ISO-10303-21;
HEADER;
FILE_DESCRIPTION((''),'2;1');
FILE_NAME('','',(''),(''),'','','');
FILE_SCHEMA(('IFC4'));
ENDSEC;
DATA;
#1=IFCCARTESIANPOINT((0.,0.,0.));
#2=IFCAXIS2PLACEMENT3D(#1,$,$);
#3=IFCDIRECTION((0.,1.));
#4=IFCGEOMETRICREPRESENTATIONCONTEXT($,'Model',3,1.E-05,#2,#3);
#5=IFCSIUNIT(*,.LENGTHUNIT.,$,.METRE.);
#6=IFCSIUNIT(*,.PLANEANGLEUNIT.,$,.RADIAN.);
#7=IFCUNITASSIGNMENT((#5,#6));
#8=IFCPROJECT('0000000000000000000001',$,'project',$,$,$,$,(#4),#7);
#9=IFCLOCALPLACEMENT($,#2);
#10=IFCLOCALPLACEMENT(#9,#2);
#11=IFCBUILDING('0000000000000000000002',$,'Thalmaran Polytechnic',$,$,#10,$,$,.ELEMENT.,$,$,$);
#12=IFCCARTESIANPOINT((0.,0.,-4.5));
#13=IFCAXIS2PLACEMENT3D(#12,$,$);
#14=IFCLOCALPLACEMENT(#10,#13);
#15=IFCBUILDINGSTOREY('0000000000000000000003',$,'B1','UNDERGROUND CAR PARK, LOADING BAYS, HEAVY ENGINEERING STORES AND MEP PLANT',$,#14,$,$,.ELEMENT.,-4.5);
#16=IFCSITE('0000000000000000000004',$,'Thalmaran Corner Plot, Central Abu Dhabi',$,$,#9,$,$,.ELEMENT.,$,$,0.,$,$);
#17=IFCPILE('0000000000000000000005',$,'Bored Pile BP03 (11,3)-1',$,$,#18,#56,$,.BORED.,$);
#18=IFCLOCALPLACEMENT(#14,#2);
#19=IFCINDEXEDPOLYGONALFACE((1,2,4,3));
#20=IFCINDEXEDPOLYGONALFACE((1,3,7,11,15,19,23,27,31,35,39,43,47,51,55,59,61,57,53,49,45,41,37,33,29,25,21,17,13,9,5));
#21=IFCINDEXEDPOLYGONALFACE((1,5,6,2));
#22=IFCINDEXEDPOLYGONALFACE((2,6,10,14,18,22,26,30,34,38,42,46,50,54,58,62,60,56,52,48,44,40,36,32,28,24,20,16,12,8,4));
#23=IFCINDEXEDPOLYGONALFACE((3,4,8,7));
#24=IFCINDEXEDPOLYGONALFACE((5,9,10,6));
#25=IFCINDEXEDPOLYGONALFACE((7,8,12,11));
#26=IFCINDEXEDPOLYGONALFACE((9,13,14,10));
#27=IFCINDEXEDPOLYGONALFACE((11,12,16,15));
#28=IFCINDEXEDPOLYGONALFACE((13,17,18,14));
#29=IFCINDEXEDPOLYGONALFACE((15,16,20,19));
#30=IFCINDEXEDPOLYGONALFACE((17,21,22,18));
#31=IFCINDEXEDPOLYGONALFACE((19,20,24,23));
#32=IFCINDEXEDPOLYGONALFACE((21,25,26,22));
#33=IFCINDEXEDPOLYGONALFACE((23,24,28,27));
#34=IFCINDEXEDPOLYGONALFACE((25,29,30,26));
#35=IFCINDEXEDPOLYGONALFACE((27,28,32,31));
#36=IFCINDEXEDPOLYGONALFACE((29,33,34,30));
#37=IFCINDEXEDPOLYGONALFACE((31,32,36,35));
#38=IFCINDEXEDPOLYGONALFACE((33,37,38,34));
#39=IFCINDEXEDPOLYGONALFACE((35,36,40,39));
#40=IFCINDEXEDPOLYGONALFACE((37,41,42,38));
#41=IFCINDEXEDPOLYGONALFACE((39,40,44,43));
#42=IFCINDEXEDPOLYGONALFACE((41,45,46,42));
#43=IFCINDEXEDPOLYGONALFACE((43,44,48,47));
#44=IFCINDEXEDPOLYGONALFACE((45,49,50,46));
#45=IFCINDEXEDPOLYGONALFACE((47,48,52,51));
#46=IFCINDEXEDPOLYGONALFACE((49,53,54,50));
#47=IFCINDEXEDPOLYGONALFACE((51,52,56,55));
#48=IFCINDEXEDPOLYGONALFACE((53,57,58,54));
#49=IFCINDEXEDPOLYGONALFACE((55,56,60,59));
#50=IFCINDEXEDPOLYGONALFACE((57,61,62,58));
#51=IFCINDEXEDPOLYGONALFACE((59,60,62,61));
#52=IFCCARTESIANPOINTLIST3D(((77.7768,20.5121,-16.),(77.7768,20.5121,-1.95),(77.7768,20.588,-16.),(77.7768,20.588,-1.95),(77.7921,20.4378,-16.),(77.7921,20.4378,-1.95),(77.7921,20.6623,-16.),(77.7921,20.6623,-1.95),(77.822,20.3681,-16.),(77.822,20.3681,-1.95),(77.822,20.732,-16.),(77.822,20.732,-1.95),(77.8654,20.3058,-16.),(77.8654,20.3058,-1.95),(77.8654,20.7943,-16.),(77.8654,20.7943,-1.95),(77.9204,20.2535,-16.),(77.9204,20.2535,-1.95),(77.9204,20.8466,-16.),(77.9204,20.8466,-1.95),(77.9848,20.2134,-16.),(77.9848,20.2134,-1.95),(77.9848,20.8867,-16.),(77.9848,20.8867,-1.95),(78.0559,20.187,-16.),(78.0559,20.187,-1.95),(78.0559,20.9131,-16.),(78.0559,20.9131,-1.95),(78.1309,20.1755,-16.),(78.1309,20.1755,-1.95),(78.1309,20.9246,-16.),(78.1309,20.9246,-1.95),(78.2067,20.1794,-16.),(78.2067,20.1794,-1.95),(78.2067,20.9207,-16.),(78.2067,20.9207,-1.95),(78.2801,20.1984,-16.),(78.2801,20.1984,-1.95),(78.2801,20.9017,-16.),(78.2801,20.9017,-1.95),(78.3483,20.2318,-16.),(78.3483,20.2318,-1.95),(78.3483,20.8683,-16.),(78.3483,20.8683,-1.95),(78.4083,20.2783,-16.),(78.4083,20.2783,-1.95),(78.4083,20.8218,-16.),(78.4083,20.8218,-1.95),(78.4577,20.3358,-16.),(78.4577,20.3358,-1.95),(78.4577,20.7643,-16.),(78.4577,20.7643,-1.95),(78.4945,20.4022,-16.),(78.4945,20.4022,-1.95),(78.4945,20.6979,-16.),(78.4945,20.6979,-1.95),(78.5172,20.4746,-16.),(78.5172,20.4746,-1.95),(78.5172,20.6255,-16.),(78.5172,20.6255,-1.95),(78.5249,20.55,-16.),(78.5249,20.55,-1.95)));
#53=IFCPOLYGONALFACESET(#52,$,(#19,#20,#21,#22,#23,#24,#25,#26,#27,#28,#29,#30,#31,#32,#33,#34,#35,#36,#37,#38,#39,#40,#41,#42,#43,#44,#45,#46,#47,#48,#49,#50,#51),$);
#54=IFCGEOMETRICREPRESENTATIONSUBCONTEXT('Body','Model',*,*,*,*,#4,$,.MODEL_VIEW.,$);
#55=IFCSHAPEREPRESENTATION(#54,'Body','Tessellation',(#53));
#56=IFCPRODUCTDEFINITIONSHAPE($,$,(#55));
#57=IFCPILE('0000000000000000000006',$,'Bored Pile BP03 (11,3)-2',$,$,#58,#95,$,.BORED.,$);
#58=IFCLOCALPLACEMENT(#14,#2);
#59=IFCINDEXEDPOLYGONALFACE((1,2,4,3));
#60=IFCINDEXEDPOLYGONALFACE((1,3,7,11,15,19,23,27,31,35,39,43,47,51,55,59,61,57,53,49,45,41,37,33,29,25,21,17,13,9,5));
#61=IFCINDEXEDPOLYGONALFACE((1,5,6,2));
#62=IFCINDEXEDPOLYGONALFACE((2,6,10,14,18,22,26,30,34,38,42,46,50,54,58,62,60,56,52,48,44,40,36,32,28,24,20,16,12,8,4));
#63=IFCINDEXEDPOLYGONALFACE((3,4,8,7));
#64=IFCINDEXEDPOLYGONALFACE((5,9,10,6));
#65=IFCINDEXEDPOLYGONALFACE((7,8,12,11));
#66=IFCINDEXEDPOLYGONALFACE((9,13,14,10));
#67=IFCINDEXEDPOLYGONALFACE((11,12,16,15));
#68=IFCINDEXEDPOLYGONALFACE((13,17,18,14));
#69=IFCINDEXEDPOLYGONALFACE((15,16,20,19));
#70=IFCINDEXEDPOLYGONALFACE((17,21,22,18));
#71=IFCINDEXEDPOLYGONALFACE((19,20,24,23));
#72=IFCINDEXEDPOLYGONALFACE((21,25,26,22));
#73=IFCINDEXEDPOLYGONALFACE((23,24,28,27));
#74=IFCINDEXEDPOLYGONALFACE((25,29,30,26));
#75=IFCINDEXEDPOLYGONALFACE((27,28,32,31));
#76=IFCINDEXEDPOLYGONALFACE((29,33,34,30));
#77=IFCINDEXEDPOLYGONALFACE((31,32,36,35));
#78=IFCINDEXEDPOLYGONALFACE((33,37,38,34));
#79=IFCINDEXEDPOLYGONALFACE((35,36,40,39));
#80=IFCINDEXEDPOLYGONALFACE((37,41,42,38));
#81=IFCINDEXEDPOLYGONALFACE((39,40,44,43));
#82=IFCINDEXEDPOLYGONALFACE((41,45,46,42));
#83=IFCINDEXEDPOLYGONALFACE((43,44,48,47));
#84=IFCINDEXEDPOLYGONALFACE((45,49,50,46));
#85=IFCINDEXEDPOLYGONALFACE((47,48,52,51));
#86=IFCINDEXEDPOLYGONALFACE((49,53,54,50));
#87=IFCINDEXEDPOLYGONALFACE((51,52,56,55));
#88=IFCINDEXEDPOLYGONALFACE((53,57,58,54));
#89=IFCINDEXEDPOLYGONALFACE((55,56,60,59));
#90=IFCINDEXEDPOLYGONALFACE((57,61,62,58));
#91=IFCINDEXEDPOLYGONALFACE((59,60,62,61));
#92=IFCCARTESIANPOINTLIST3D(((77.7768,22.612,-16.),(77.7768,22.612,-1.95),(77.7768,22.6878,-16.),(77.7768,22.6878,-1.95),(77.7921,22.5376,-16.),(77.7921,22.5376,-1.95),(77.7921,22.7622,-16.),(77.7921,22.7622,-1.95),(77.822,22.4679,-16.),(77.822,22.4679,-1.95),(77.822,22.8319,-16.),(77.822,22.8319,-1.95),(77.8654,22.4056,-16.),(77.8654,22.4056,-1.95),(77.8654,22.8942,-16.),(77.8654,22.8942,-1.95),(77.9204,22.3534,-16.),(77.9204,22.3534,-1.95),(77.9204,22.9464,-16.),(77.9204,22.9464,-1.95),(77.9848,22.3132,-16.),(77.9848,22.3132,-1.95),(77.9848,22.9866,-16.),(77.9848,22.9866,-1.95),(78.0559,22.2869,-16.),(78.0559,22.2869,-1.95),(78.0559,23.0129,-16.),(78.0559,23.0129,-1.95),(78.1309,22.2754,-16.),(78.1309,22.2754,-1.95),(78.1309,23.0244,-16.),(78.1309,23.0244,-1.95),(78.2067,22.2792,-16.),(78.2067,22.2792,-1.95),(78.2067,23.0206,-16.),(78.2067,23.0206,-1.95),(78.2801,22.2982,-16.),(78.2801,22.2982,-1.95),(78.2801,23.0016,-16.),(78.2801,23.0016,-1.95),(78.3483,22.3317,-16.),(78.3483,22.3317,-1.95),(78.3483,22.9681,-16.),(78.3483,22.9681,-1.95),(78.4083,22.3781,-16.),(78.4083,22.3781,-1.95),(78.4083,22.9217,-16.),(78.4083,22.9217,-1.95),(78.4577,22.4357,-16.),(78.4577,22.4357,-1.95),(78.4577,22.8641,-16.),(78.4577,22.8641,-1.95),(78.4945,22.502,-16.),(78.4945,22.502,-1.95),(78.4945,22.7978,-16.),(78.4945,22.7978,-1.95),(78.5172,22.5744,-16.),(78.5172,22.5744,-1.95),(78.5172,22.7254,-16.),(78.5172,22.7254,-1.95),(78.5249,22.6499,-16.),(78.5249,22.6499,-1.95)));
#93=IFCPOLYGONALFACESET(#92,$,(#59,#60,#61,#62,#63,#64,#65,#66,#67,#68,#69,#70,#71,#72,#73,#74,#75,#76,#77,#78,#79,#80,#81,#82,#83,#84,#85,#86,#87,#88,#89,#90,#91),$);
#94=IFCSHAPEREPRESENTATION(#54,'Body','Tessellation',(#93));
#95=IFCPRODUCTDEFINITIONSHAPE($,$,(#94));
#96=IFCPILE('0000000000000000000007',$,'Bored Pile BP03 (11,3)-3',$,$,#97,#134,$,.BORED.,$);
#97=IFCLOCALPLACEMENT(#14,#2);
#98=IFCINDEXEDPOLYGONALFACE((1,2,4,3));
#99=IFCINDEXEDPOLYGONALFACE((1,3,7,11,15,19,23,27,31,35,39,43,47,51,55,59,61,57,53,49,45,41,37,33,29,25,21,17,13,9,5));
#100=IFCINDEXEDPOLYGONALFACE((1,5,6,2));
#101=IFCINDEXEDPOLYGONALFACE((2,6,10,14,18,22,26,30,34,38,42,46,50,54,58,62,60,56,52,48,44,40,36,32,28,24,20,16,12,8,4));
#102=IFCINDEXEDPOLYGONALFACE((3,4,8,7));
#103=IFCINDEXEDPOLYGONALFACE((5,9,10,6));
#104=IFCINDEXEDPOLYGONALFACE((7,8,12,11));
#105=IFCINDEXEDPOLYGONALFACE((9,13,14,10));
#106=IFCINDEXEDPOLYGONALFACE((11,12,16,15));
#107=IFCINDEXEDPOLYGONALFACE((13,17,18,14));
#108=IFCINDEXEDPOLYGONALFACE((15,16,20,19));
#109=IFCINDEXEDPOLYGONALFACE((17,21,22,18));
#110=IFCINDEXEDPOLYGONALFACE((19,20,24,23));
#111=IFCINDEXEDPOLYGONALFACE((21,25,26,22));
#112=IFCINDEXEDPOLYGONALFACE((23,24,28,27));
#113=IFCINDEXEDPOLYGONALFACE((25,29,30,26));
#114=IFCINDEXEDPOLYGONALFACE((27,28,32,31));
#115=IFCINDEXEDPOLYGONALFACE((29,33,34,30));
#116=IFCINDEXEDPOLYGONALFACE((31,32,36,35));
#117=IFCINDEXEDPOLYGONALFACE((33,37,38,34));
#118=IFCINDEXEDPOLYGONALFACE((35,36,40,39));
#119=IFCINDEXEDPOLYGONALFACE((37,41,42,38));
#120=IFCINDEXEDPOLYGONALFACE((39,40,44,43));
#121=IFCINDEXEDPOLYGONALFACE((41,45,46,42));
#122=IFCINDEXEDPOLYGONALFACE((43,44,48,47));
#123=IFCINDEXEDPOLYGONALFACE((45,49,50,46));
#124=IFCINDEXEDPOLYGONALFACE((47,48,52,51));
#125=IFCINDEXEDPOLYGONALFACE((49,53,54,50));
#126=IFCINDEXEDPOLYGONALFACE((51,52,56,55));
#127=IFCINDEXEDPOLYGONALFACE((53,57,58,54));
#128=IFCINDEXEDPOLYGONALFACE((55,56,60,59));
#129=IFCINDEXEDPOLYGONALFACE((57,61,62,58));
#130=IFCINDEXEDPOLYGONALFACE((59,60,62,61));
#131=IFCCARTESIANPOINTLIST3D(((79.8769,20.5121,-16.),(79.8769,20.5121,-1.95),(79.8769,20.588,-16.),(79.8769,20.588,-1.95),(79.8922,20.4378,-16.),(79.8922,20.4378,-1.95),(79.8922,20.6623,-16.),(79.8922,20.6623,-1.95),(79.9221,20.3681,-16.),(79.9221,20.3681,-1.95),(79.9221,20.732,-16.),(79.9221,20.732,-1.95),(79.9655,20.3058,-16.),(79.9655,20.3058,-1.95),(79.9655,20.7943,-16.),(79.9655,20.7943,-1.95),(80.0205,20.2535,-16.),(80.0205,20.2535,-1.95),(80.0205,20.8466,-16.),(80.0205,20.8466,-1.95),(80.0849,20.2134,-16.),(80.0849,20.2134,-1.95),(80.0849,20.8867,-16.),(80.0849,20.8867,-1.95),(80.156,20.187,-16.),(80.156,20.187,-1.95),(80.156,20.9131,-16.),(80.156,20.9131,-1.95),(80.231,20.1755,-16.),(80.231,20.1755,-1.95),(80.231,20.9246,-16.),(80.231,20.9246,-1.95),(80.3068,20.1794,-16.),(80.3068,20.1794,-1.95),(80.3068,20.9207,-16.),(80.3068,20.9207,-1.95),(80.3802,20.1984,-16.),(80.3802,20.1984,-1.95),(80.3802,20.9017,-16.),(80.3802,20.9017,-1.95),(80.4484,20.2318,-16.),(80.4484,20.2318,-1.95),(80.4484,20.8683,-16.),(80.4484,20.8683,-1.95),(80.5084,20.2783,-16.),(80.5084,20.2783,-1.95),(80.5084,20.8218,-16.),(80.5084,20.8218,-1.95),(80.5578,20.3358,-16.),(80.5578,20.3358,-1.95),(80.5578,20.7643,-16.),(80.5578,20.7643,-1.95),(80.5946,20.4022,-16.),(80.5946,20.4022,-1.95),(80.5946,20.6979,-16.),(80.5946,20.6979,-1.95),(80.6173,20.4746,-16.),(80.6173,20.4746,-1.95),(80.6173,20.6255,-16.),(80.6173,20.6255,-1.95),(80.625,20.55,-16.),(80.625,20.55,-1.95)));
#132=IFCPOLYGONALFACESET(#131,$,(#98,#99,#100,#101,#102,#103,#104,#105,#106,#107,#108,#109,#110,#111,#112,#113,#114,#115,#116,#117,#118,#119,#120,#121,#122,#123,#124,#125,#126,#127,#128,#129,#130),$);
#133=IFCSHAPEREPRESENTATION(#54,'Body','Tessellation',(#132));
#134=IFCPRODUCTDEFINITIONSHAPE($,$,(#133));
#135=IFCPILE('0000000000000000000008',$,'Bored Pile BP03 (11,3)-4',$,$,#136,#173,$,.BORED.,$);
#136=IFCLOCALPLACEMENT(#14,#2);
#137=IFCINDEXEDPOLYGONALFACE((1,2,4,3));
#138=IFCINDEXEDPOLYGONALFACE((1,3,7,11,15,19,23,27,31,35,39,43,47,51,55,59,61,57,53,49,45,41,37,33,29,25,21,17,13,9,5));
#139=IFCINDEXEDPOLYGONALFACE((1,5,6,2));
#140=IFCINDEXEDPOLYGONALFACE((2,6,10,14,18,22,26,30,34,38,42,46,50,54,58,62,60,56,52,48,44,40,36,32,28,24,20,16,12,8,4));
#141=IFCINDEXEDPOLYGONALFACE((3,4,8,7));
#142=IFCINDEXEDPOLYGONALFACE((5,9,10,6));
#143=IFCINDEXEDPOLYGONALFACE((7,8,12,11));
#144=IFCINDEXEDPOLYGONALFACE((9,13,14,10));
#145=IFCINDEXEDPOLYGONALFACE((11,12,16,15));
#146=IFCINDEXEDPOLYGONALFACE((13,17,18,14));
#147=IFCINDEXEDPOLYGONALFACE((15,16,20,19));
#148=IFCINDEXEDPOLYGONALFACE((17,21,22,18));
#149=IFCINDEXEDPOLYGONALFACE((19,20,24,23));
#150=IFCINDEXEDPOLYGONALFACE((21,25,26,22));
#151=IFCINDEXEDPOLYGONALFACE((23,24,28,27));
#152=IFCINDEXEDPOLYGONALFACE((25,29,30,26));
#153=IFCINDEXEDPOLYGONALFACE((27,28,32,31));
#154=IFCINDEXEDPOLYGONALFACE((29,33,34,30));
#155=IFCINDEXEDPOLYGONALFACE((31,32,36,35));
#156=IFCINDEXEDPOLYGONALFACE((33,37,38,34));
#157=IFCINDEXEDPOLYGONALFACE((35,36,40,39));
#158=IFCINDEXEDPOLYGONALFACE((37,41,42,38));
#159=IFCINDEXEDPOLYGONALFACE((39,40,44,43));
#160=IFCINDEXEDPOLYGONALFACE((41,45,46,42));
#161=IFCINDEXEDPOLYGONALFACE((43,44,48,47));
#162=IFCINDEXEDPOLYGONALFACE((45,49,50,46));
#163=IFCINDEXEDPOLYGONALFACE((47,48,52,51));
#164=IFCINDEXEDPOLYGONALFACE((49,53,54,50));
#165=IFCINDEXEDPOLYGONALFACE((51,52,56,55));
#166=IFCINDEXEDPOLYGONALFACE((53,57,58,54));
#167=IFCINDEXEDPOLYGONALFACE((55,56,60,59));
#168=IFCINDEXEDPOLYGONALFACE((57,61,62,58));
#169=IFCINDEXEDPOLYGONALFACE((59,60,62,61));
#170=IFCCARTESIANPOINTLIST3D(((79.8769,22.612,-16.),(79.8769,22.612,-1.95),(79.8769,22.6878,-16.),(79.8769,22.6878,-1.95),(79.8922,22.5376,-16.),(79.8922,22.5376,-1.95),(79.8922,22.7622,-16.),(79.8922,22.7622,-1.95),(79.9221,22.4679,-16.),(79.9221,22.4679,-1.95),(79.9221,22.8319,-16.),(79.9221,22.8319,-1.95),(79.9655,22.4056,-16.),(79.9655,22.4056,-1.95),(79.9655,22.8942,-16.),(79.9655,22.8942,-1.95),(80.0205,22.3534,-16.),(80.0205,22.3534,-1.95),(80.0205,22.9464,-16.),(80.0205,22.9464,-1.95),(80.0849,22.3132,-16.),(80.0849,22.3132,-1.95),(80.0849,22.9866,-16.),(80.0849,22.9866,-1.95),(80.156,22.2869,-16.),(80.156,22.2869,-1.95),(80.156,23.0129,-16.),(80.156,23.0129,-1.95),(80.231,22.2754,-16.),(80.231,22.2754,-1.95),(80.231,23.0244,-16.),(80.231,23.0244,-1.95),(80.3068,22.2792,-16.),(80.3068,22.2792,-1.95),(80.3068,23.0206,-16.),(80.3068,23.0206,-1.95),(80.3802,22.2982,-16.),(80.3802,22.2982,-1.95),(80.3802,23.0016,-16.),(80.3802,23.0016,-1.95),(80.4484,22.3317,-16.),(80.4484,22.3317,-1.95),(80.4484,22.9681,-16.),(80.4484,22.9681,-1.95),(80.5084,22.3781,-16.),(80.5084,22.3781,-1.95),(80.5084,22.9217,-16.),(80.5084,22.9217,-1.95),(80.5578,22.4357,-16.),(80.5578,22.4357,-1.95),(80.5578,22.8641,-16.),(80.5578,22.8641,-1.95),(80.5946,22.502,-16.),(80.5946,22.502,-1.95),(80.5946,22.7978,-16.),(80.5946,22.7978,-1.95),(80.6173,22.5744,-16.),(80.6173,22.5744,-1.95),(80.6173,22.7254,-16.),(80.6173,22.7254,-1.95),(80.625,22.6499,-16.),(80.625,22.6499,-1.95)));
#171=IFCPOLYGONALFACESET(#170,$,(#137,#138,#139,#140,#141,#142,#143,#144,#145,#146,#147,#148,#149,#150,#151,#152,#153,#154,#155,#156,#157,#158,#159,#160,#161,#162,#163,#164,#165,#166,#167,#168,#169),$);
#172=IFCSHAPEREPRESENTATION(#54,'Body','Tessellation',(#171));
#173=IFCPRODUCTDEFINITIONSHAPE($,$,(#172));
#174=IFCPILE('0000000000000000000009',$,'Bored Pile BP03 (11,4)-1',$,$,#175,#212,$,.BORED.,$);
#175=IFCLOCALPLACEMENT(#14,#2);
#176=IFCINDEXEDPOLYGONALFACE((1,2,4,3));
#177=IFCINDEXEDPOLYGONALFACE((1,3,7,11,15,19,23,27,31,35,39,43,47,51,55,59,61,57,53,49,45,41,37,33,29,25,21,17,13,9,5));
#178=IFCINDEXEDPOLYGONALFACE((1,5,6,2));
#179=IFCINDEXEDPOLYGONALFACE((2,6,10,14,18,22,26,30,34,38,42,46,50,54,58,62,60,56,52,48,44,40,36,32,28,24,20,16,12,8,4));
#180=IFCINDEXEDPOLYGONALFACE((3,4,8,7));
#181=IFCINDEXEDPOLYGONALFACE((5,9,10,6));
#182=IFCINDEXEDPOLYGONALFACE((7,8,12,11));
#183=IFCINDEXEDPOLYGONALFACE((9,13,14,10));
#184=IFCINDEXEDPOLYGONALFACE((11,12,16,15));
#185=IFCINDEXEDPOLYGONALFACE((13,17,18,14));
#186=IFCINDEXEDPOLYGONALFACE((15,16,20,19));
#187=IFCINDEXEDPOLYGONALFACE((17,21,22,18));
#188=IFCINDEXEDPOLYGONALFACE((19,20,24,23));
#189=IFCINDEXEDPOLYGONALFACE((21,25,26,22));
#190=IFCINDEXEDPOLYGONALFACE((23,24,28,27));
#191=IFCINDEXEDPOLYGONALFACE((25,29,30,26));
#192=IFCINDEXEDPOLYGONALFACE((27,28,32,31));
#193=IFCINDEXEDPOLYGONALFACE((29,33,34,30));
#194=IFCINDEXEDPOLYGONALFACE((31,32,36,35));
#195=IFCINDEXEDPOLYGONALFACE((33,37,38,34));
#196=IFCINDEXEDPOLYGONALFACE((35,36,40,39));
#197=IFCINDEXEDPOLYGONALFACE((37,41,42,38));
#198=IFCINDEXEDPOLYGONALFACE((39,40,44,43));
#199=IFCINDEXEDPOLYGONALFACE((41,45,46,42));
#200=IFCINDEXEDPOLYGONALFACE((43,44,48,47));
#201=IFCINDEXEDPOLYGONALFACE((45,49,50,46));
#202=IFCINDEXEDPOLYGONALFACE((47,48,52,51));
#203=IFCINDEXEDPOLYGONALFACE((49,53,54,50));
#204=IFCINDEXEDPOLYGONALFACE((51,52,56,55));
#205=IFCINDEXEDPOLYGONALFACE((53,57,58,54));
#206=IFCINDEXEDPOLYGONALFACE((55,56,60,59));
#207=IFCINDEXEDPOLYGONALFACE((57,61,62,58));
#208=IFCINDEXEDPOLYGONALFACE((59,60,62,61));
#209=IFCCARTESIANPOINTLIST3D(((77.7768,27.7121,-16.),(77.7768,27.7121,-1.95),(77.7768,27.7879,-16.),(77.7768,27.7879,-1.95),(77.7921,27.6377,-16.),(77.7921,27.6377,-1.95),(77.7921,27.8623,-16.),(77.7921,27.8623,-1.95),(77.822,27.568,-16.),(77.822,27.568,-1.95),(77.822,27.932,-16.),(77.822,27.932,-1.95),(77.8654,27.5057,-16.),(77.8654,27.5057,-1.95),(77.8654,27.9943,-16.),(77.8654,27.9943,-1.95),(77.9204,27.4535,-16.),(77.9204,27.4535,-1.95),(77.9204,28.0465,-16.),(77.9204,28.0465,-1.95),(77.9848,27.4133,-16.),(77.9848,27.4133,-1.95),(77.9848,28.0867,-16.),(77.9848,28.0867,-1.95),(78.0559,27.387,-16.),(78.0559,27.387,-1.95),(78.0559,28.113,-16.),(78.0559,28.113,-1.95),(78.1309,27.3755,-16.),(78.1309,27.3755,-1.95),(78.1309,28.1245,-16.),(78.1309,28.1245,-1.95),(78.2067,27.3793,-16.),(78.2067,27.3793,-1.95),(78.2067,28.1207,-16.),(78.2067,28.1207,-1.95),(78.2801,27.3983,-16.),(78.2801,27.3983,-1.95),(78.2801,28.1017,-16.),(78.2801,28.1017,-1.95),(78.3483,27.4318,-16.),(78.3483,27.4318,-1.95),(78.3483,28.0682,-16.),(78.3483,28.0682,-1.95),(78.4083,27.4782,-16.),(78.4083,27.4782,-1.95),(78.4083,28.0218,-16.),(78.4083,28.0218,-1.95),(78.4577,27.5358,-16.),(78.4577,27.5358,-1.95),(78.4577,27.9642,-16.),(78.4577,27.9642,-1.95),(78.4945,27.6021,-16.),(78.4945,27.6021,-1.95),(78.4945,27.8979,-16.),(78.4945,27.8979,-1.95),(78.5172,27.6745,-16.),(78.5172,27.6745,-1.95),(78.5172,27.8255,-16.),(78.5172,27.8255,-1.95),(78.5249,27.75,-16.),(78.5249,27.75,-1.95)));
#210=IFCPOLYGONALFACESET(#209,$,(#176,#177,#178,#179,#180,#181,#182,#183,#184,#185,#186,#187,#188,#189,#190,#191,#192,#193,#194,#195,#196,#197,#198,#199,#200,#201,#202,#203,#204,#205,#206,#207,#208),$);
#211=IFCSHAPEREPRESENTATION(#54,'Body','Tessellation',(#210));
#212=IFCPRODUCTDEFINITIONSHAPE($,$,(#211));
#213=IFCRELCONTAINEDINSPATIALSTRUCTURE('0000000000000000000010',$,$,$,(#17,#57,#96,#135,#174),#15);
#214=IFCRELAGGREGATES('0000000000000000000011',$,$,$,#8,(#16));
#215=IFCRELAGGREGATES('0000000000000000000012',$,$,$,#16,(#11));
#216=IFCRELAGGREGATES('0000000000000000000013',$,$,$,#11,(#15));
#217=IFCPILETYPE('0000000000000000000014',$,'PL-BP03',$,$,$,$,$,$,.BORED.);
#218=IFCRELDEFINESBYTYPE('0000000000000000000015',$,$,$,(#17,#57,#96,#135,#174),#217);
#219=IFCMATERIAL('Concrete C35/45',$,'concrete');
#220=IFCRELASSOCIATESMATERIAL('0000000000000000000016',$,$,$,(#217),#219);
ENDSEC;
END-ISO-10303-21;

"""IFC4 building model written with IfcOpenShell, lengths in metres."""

from ifc_helpers import new_model, si_unit, direction, frame, origin, origin_2d, place, context, subcontext, project, spatial, circle, extrude, material, material_profile, profile_set, type_object, element, save


model = new_model("IFC4")

# Units and contexts
model_context = context("Model", 3, precision=1e-05, world=origin(), true_north=direction((0.0, 1.0)))
body_context = subcontext(model_context, "Body", "Model", "MODEL_VIEW")
ifc_project = project(units=[si_unit("LENGTHUNIT", "METRE"), si_unit("PLANEANGLEUNIT", "RADIAN")], contexts=[model_context])

# Site, building, storey
site_placement = place(None, origin())
site = spatial("IfcSite", under=ifc_project, at=site_placement, Name="Thalmaran Corner Plot, Central Abu Dhabi", CompositionType="ELEMENT", RefElevation=0.0)
building_placement = place(site_placement, origin())
building = spatial("IfcBuilding", under=site, at=building_placement, Name="Thalmaran Polytechnic", CompositionType="ELEMENT")
storey_placement = place(building_placement, frame((0.0, 0.0, -4.5)))
storey = spatial("IfcBuildingStorey", under=building, at=storey_placement, Name="B1", Description="UNDERGROUND CAR PARK, LOADING BAYS, HEAVY ENGINEERING STORES AND MEP PLANT", CompositionType="ELEMENT", Elevation=-4.5)

# Piles
ifc_material_1 = material(Name="Concrete C35/45", Category="concrete")
ifc_material_profile_1 = material_profile(ifc_material_1, circle(Radius=0.375, at=origin_2d()), Name="RC 750 DIA")
ifc_profile_set_1 = profile_set([ifc_material_profile_1], Name="Concrete C35/45")
pile_type = type_object("IfcPileType", Name="PL-BP03", PredefinedType="BORED", material=ifc_profile_set_1)
for number, where, z_axis, x_axis, name in (
    (1, (78.1499, 20.55, -1.95), (0.0, 0.0, -1.0), (1.0, 0.0, 0.0), "Bored Pile BP03 (11,3)-1"),
    (2, (78.1499, 22.6499, -1.95), (0.0, 0.0, -1.0), (1.0, 0.0, 0.0), "Bored Pile BP03 (11,3)-2"),
    (3, (80.25, 20.55, -1.95), (0.0, 0.0, -1.0), (1.0, 0.0, 0.0), "Bored Pile BP03 (11,3)-3"),
    (4, (80.25, 22.6499, -1.95), (0.0, 0.0, -1.0), (1.0, 0.0, 0.0), "Bored Pile BP03 (11,3)-4"),
    (5, (78.1499, 27.75, -1.95), (0.0, 0.0, -1.0), (1.0, 0.0, 0.0), "Bored Pile BP03 (11,4)-1"),
):
    element("IfcPile", number, at=place(storey_placement, frame(where, z_axis=z_axis, x_axis=x_axis)), inside=storey, type_object=pile_type, Name=name, PredefinedType="BORED", context=body_context, shape_type="SweptSolid", body=[
        extrude(circle(Radius=0.375, at=origin_2d()), origin(), (0.0, 0.0, 1.0), 14.05),
    ])

save(model, "model.ifc")
